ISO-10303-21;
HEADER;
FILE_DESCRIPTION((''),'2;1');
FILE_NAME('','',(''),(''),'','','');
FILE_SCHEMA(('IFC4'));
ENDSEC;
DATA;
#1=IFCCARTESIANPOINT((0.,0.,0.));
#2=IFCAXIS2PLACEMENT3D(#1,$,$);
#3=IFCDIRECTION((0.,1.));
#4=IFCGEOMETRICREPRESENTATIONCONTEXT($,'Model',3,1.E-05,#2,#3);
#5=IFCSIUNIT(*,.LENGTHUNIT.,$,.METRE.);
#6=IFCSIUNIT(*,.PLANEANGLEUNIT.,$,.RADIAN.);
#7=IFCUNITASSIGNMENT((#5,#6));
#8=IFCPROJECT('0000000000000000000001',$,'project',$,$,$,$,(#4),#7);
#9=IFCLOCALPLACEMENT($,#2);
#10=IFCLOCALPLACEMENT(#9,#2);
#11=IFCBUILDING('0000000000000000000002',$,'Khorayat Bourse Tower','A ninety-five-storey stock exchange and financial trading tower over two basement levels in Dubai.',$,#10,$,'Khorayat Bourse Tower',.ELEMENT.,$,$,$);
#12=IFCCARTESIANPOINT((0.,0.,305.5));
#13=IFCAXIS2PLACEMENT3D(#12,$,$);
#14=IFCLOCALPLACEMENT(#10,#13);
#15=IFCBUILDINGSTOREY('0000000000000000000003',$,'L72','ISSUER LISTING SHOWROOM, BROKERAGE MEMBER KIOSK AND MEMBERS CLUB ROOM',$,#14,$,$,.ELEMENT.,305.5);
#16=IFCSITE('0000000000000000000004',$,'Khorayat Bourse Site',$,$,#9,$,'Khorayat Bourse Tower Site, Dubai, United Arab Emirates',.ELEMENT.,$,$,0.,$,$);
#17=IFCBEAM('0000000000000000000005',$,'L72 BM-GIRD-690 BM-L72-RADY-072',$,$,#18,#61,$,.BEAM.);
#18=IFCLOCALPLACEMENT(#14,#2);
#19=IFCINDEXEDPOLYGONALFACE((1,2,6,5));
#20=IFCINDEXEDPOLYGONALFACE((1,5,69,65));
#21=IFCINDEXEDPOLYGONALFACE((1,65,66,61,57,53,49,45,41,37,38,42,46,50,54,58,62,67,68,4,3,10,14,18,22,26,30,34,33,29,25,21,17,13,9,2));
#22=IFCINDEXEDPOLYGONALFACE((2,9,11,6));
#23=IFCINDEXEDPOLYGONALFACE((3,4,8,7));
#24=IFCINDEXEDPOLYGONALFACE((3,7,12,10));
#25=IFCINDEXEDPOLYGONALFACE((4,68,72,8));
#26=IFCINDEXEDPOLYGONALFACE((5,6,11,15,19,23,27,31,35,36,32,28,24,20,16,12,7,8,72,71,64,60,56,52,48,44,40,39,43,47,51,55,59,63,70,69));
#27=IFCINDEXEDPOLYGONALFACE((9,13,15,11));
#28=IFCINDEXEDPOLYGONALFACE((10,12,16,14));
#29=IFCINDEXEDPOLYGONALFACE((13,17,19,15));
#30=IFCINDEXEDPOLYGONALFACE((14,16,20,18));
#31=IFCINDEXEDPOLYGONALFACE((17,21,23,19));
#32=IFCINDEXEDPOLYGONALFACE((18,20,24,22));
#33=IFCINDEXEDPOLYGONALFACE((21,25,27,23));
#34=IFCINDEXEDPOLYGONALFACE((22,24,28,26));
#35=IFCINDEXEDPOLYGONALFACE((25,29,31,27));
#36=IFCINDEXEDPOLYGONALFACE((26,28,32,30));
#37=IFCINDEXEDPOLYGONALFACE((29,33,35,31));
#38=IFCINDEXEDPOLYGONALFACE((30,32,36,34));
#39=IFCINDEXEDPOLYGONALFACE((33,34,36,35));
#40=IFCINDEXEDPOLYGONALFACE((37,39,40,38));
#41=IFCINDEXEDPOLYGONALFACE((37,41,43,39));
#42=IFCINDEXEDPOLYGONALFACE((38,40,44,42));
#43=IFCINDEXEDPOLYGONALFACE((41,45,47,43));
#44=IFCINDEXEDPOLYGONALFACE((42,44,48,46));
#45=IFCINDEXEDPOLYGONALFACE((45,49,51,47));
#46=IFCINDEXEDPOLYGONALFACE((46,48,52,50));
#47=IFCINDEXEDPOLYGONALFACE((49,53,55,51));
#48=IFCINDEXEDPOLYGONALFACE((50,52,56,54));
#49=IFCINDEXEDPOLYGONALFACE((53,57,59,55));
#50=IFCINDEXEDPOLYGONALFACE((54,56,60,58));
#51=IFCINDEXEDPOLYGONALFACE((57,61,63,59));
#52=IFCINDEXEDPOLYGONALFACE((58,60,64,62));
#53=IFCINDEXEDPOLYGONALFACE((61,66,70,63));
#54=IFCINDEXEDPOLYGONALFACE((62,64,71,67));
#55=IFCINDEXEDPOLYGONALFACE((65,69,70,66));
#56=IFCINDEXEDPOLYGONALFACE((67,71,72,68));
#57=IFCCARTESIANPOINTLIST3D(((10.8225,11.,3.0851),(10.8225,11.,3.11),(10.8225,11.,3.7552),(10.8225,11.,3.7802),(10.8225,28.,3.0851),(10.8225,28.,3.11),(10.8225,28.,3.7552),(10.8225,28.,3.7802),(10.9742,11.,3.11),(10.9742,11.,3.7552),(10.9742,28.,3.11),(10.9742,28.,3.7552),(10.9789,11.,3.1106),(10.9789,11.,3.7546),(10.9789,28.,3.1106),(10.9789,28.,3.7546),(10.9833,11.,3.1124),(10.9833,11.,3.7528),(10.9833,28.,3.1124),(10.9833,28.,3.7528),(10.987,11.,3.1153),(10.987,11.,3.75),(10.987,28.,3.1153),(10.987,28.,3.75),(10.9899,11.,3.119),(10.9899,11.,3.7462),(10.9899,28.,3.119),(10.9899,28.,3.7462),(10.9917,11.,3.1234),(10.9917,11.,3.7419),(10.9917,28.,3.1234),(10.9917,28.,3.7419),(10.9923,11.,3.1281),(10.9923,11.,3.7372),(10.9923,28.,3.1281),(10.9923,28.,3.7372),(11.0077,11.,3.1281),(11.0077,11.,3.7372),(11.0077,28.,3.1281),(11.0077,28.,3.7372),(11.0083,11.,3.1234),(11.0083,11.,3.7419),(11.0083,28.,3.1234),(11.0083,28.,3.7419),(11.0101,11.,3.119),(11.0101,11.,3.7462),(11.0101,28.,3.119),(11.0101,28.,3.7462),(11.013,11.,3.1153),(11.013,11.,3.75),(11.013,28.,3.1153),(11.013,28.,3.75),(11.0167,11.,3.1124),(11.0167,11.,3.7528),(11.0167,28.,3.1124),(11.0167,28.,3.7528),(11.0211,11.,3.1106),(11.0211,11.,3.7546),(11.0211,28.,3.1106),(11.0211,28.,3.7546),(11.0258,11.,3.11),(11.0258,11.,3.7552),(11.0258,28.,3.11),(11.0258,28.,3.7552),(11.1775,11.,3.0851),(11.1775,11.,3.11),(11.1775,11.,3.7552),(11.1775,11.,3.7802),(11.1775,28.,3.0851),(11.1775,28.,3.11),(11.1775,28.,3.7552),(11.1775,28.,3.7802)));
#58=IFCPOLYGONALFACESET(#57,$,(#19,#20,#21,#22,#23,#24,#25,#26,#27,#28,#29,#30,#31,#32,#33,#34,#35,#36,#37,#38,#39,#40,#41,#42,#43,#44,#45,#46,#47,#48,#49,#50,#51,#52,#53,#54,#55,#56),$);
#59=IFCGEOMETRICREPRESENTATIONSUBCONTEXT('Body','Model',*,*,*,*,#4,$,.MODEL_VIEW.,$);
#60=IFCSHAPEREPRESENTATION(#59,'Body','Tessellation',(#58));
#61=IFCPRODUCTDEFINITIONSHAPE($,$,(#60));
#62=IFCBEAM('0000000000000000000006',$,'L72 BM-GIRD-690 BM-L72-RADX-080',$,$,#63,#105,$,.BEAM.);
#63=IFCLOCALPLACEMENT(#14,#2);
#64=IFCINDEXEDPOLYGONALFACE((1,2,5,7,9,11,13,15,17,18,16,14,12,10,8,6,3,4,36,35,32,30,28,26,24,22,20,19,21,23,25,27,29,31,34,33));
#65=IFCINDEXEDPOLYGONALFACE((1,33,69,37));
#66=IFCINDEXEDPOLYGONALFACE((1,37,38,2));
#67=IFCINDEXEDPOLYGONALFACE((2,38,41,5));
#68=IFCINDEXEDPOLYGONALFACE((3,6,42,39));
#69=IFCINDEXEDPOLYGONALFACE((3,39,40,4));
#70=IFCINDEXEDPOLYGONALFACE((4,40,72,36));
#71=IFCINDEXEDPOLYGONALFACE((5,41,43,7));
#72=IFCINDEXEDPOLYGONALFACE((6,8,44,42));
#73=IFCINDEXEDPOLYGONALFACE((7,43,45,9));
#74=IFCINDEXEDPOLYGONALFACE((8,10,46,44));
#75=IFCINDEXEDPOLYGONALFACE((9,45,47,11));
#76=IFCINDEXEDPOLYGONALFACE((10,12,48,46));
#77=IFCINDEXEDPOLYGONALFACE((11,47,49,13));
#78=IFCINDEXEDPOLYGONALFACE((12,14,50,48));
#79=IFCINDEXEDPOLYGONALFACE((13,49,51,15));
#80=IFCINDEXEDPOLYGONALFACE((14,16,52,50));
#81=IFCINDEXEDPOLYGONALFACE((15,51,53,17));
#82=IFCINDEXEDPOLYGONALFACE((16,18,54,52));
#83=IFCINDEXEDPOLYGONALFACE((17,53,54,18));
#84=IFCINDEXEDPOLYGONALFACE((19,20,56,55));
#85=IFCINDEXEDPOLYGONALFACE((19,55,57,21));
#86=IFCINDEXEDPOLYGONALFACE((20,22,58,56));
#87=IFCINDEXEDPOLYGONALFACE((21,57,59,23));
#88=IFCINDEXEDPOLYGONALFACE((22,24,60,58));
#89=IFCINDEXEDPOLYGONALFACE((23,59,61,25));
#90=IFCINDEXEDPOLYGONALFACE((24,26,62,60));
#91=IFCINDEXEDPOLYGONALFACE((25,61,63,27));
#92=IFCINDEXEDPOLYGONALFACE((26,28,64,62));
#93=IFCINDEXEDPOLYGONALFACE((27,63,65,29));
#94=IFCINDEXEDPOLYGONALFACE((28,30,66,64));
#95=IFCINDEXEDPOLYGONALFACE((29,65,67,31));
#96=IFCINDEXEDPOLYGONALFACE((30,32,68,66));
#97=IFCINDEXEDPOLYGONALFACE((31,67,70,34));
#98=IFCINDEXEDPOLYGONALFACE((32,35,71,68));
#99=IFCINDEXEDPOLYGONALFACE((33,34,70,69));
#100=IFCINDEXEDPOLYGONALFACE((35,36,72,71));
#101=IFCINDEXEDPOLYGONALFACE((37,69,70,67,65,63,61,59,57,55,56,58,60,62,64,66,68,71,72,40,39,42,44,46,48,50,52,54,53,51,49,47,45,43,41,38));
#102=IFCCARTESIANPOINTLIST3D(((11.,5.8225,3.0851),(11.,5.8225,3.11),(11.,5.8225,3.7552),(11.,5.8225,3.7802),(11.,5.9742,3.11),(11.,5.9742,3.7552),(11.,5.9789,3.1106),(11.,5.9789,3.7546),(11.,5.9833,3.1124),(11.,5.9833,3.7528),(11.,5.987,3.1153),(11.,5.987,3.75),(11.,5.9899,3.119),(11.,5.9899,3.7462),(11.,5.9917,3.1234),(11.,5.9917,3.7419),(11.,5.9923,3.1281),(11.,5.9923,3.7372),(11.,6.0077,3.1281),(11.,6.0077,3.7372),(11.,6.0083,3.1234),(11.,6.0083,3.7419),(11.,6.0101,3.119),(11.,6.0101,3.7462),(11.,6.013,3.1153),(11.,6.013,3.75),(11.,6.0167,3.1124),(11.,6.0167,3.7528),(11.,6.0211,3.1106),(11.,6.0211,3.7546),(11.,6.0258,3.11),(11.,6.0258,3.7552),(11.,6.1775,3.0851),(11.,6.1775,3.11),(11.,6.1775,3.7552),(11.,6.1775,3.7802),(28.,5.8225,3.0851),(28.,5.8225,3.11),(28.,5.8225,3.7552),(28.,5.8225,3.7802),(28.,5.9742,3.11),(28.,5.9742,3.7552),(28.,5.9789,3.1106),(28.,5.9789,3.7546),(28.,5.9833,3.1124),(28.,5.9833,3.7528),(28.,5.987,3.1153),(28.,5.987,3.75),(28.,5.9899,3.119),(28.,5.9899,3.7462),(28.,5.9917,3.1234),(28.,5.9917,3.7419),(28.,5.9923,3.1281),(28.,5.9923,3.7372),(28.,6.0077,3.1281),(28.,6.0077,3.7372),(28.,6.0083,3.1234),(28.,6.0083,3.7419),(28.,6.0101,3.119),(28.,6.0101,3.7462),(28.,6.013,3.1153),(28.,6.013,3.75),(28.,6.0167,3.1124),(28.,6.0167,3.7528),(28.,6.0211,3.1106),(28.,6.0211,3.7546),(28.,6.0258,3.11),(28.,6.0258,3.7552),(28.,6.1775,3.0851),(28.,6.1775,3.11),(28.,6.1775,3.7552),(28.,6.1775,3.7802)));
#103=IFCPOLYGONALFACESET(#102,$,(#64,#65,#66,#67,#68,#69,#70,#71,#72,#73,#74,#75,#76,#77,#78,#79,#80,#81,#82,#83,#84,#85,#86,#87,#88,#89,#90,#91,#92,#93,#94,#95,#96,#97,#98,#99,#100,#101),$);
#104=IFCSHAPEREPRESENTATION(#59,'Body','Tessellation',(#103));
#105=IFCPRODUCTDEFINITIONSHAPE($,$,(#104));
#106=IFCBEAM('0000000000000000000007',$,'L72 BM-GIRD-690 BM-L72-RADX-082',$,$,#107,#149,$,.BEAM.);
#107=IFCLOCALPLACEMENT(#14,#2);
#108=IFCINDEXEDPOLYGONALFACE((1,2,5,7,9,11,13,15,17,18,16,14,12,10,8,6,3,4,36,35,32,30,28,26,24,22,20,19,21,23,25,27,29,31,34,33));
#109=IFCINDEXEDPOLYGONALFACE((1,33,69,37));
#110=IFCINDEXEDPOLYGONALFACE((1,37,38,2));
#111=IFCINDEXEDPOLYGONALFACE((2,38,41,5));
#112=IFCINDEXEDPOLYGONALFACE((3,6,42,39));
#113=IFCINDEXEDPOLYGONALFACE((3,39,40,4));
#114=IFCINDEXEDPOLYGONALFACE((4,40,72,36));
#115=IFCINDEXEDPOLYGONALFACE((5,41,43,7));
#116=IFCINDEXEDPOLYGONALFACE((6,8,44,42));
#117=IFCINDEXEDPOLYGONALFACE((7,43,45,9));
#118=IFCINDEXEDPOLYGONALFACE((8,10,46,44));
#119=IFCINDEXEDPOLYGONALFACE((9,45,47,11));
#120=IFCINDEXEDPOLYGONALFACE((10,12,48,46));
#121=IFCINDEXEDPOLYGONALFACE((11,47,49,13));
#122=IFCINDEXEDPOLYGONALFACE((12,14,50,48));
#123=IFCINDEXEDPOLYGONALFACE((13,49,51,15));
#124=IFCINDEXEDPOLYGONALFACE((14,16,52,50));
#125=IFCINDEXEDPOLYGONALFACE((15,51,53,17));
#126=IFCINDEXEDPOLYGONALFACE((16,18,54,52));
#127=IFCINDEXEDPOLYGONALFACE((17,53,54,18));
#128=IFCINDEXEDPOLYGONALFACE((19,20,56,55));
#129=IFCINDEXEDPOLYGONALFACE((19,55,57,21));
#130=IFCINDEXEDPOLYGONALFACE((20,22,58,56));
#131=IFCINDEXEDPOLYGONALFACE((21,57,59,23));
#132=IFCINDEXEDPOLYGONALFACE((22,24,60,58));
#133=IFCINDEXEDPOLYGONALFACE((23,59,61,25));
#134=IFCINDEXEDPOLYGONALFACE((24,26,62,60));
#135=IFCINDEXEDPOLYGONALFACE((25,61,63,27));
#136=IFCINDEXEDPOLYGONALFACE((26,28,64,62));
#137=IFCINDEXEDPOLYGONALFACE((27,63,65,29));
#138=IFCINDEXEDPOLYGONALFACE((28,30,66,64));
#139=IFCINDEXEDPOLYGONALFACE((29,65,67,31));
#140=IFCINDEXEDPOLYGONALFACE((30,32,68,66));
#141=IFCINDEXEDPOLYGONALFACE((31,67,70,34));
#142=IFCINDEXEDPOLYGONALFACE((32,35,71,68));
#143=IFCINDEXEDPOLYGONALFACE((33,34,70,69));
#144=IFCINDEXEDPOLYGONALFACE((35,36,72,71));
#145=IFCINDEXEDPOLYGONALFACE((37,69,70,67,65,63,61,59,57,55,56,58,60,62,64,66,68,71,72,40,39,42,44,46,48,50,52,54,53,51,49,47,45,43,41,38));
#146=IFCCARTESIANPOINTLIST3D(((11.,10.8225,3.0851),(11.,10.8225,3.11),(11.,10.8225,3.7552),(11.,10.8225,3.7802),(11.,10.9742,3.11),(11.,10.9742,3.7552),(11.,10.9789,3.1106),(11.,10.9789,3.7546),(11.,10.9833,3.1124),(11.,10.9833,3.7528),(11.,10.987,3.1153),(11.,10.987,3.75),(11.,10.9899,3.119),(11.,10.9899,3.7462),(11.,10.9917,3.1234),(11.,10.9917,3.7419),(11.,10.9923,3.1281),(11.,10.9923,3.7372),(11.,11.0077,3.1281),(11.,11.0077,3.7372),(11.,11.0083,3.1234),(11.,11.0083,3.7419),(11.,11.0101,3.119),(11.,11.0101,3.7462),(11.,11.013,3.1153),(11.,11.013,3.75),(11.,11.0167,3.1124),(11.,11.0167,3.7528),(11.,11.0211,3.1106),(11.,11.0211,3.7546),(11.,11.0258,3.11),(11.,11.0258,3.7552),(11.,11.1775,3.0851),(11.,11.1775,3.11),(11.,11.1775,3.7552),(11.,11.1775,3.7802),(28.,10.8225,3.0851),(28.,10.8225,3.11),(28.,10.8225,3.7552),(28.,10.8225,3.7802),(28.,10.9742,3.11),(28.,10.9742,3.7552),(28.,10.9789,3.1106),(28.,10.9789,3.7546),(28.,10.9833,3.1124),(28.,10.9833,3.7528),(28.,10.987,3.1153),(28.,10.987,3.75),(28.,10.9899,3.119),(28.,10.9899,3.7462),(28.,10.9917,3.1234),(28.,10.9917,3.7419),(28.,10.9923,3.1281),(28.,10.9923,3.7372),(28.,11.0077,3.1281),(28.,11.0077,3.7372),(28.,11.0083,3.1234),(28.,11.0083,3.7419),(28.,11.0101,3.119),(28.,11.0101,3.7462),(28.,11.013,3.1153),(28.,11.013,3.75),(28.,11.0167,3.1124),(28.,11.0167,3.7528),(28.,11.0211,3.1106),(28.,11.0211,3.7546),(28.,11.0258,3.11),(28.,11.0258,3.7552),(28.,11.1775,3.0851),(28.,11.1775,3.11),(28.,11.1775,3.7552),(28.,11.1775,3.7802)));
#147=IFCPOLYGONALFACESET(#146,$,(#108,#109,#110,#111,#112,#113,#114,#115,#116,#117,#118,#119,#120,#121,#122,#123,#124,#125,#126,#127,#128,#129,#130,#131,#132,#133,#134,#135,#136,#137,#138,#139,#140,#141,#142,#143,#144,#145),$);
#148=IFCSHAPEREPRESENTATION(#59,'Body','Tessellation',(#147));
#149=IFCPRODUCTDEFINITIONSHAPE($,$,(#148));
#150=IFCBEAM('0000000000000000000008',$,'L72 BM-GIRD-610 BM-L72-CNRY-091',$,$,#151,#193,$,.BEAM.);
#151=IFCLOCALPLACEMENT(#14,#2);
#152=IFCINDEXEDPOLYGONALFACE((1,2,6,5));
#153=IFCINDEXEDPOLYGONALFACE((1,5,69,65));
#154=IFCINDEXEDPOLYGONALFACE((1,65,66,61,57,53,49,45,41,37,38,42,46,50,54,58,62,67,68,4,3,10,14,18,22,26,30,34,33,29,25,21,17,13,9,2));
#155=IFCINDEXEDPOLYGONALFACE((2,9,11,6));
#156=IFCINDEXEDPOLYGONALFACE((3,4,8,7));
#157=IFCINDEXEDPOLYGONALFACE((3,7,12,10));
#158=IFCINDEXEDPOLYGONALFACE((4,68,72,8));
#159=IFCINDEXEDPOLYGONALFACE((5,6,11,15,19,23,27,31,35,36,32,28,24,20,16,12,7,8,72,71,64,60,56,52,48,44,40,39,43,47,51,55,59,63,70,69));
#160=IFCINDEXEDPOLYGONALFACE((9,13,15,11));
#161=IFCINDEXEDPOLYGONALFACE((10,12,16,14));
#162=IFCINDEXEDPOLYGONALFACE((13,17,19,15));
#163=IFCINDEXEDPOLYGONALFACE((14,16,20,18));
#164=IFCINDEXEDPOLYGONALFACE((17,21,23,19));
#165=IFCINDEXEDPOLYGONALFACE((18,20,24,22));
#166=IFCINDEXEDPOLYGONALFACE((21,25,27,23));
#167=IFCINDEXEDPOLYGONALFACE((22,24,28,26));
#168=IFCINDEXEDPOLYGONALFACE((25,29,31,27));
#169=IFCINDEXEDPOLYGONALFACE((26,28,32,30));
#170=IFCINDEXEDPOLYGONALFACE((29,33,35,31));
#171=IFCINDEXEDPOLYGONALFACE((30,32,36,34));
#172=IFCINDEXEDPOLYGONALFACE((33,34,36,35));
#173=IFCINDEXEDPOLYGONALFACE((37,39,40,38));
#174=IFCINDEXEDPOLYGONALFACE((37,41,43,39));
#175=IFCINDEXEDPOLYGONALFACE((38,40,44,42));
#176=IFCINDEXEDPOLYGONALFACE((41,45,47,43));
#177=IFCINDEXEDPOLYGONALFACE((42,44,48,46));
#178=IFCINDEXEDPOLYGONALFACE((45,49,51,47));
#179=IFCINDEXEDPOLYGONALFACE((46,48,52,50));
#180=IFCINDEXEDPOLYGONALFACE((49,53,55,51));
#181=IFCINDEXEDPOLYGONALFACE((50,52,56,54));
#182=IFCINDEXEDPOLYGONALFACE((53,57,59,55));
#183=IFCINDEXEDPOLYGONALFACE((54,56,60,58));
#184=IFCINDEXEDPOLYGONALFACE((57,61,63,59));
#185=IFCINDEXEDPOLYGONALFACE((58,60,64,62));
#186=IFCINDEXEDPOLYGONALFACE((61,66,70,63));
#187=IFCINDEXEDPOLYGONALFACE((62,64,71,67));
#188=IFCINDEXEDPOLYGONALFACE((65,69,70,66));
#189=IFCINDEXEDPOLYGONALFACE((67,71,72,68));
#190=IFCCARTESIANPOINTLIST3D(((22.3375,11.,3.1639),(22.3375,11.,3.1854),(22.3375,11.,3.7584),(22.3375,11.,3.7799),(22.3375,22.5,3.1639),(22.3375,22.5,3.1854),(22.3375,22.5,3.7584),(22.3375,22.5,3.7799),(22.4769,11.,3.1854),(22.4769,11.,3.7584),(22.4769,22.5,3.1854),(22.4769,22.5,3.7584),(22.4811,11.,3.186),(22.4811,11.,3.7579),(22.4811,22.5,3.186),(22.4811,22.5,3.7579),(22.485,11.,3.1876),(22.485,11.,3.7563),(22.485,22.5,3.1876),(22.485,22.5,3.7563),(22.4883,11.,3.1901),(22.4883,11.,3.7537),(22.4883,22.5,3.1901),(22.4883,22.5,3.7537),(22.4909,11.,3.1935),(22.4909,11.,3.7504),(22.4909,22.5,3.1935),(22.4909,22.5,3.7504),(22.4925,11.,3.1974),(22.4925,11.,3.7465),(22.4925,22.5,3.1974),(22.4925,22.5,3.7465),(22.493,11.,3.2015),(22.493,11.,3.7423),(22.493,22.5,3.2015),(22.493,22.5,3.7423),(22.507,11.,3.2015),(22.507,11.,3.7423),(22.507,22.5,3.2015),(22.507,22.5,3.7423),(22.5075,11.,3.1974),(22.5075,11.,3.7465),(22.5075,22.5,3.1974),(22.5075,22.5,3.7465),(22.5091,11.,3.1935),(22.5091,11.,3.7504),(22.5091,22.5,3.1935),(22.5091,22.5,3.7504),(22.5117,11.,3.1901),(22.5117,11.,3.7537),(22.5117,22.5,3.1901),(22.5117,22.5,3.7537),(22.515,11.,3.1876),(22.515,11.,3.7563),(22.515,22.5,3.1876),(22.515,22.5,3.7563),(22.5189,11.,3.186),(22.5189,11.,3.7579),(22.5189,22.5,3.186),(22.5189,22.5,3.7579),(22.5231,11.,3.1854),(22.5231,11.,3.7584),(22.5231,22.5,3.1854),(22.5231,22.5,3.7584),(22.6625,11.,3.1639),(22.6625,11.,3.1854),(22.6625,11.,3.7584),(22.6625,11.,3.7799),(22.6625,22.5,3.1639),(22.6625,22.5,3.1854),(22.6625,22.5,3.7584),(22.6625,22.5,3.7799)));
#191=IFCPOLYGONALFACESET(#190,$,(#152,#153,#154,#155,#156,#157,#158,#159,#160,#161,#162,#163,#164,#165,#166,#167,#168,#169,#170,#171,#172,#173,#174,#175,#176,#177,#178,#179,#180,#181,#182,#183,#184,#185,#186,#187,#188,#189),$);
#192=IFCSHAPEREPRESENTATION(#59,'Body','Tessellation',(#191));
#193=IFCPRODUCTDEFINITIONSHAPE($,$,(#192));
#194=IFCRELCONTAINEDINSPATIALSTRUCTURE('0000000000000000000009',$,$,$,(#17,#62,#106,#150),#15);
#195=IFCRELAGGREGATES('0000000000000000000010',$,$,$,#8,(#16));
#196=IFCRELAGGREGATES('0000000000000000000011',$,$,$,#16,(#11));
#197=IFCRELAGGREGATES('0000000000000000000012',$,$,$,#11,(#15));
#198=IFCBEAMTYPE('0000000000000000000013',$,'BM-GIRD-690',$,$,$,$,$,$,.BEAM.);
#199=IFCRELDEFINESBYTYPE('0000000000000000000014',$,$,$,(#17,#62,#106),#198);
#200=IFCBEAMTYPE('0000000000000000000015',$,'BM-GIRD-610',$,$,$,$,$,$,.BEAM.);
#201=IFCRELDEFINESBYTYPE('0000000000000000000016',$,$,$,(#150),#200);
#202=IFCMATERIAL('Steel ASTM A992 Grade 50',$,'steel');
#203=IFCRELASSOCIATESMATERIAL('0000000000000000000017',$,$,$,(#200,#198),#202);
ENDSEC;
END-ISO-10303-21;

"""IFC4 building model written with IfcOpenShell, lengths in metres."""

from ifc_helpers import new_model, si_unit, direction, frame, origin, origin_2d, place, context, subcontext, project, spatial, i_section, extrude, source, transform, mapped, material, material_profile, profile_set, type_object, element, save


model = new_model("IFC4")

# Units and contexts
model_context = context("Model", 3, precision=1e-05, world=origin(), true_north=direction((0.0, 1.0)))
body_context = subcontext(model_context, "Body", "Model", "MODEL_VIEW")
ifc_project = project(units=[si_unit("LENGTHUNIT", "METRE"), si_unit("PLANEANGLEUNIT", "RADIAN")], contexts=[model_context])

# Site, building, storey
site_placement = place(None, origin())
site = spatial("IfcSite", under=ifc_project, at=site_placement, Name="Khorayat Bourse Site", LongName="Khorayat Bourse Tower Site, Dubai, United Arab Emirates", CompositionType="ELEMENT", RefElevation=0.0)
building_placement = place(site_placement, origin())
building = spatial("IfcBuilding", under=site, at=building_placement, Name="Khorayat Bourse Tower", Description="A ninety-five-storey stock exchange and financial trading tower over two basement levels in Dubai.", LongName="Khorayat Bourse Tower", CompositionType="ELEMENT")
storey_placement = place(building_placement, frame((0.0, 0.0, 305.5)))
storey = spatial("IfcBuildingStorey", under=building, at=storey_placement, Name="L72", Description="ISSUER LISTING SHOWROOM, BROKERAGE MEMBER KIOSK AND MEMBERS CLUB ROOM", CompositionType="ELEMENT", Elevation=305.5)

# Shared definitions
ifc_material_1 = material(Name="Steel ASTM A992 Grade 50", Category="steel")
ifc_material_profile_1 = material_profile(ifc_material_1, i_section(OverallWidth=0.325, OverallDepth=0.616, WebThickness=0.0139, FlangeThickness=0.0215, FilletRadius=0.0161, at=origin_2d()), Name="W610X174")
ifc_profile_set_1 = profile_set([ifc_material_profile_1], Name="Steel ASTM A992 Grade 50")
beam_type_1 = type_object("IfcBeamType", Name="BM-GIRD-610", PredefinedType="BEAM", material=ifc_profile_set_1)

# Beams
ifc_material_profile_2 = material_profile(ifc_material_1, i_section(OverallWidth=0.355, OverallDepth=0.6951, WebThickness=0.0154, FlangeThickness=0.0249, FilletRadius=0.0181, at=origin_2d()), Name="W690X217")
ifc_profile_set_2 = profile_set([ifc_material_profile_2], Name="Steel ASTM A992 Grade 50")
beam_type_2 = type_object("IfcBeamType", Name="BM-GIRD-690", PredefinedType="BEAM", material=ifc_profile_set_2)
shared_shape_1 = source(origin(), body_context, "Body", "SweptSolid", [
    extrude(i_section(OverallWidth=0.355, OverallDepth=0.6951, WebThickness=0.0154, FlangeThickness=0.0249, FilletRadius=0.0181, at=origin_2d()), origin(), (0.0, 0.0, 1.0), 17.0),
])
for number, where, z_axis, x_axis, name in (
    (1, (11.0, 11.0, 3.4326), (0.0, 1.0, 0.0), (-1.0, 0.0, 0.0), "L72 BM-GIRD-690 BM-L72-RADY-072"),
    (2, (11.0, 6.0, 3.4326), (1.0, 0.0, 0.0), (0.0, 1.0, 0.0), "L72 BM-GIRD-690 BM-L72-RADX-080"),
    (3, (11.0, 11.0, 3.4326), (1.0, 0.0, 0.0), (0.0, 1.0, 0.0), "L72 BM-GIRD-690 BM-L72-RADX-082"),
):
    element("IfcBeam", number, at=place(storey_placement, frame(where, z_axis=z_axis, x_axis=x_axis)), inside=storey, type_object=beam_type_2, Name=name, PredefinedType="BEAM", context=body_context, shape_type="MappedRepresentation", body=[
        mapped(shared_shape_1, transform((0.0, 0.0, 0.0), scale=1.0)),
    ])
shared_shape_2 = source(origin(), body_context, "Body", "SweptSolid", [
    extrude(i_section(OverallWidth=0.325, OverallDepth=0.616, WebThickness=0.0139, FlangeThickness=0.0215, FilletRadius=0.0161, at=origin_2d()), origin(), (0.0, 0.0, 1.0), 11.5),
])
beam_1_placement = place(storey_placement, frame((22.5, 11.0, 3.4719), z_axis=(0.0, 1.0, 0.0), x_axis=(-1.0, 0.0, 0.0)))
element("IfcBeam", 4, at=beam_1_placement, inside=storey, type_object=beam_type_1, Name="L72 BM-GIRD-610 BM-L72-CNRY-091", PredefinedType="BEAM", context=body_context, shape_type="MappedRepresentation", body=[
    mapped(shared_shape_2, transform((0.0, 0.0, 0.0), scale=1.0)),
])

save(model, "model.ifc")
